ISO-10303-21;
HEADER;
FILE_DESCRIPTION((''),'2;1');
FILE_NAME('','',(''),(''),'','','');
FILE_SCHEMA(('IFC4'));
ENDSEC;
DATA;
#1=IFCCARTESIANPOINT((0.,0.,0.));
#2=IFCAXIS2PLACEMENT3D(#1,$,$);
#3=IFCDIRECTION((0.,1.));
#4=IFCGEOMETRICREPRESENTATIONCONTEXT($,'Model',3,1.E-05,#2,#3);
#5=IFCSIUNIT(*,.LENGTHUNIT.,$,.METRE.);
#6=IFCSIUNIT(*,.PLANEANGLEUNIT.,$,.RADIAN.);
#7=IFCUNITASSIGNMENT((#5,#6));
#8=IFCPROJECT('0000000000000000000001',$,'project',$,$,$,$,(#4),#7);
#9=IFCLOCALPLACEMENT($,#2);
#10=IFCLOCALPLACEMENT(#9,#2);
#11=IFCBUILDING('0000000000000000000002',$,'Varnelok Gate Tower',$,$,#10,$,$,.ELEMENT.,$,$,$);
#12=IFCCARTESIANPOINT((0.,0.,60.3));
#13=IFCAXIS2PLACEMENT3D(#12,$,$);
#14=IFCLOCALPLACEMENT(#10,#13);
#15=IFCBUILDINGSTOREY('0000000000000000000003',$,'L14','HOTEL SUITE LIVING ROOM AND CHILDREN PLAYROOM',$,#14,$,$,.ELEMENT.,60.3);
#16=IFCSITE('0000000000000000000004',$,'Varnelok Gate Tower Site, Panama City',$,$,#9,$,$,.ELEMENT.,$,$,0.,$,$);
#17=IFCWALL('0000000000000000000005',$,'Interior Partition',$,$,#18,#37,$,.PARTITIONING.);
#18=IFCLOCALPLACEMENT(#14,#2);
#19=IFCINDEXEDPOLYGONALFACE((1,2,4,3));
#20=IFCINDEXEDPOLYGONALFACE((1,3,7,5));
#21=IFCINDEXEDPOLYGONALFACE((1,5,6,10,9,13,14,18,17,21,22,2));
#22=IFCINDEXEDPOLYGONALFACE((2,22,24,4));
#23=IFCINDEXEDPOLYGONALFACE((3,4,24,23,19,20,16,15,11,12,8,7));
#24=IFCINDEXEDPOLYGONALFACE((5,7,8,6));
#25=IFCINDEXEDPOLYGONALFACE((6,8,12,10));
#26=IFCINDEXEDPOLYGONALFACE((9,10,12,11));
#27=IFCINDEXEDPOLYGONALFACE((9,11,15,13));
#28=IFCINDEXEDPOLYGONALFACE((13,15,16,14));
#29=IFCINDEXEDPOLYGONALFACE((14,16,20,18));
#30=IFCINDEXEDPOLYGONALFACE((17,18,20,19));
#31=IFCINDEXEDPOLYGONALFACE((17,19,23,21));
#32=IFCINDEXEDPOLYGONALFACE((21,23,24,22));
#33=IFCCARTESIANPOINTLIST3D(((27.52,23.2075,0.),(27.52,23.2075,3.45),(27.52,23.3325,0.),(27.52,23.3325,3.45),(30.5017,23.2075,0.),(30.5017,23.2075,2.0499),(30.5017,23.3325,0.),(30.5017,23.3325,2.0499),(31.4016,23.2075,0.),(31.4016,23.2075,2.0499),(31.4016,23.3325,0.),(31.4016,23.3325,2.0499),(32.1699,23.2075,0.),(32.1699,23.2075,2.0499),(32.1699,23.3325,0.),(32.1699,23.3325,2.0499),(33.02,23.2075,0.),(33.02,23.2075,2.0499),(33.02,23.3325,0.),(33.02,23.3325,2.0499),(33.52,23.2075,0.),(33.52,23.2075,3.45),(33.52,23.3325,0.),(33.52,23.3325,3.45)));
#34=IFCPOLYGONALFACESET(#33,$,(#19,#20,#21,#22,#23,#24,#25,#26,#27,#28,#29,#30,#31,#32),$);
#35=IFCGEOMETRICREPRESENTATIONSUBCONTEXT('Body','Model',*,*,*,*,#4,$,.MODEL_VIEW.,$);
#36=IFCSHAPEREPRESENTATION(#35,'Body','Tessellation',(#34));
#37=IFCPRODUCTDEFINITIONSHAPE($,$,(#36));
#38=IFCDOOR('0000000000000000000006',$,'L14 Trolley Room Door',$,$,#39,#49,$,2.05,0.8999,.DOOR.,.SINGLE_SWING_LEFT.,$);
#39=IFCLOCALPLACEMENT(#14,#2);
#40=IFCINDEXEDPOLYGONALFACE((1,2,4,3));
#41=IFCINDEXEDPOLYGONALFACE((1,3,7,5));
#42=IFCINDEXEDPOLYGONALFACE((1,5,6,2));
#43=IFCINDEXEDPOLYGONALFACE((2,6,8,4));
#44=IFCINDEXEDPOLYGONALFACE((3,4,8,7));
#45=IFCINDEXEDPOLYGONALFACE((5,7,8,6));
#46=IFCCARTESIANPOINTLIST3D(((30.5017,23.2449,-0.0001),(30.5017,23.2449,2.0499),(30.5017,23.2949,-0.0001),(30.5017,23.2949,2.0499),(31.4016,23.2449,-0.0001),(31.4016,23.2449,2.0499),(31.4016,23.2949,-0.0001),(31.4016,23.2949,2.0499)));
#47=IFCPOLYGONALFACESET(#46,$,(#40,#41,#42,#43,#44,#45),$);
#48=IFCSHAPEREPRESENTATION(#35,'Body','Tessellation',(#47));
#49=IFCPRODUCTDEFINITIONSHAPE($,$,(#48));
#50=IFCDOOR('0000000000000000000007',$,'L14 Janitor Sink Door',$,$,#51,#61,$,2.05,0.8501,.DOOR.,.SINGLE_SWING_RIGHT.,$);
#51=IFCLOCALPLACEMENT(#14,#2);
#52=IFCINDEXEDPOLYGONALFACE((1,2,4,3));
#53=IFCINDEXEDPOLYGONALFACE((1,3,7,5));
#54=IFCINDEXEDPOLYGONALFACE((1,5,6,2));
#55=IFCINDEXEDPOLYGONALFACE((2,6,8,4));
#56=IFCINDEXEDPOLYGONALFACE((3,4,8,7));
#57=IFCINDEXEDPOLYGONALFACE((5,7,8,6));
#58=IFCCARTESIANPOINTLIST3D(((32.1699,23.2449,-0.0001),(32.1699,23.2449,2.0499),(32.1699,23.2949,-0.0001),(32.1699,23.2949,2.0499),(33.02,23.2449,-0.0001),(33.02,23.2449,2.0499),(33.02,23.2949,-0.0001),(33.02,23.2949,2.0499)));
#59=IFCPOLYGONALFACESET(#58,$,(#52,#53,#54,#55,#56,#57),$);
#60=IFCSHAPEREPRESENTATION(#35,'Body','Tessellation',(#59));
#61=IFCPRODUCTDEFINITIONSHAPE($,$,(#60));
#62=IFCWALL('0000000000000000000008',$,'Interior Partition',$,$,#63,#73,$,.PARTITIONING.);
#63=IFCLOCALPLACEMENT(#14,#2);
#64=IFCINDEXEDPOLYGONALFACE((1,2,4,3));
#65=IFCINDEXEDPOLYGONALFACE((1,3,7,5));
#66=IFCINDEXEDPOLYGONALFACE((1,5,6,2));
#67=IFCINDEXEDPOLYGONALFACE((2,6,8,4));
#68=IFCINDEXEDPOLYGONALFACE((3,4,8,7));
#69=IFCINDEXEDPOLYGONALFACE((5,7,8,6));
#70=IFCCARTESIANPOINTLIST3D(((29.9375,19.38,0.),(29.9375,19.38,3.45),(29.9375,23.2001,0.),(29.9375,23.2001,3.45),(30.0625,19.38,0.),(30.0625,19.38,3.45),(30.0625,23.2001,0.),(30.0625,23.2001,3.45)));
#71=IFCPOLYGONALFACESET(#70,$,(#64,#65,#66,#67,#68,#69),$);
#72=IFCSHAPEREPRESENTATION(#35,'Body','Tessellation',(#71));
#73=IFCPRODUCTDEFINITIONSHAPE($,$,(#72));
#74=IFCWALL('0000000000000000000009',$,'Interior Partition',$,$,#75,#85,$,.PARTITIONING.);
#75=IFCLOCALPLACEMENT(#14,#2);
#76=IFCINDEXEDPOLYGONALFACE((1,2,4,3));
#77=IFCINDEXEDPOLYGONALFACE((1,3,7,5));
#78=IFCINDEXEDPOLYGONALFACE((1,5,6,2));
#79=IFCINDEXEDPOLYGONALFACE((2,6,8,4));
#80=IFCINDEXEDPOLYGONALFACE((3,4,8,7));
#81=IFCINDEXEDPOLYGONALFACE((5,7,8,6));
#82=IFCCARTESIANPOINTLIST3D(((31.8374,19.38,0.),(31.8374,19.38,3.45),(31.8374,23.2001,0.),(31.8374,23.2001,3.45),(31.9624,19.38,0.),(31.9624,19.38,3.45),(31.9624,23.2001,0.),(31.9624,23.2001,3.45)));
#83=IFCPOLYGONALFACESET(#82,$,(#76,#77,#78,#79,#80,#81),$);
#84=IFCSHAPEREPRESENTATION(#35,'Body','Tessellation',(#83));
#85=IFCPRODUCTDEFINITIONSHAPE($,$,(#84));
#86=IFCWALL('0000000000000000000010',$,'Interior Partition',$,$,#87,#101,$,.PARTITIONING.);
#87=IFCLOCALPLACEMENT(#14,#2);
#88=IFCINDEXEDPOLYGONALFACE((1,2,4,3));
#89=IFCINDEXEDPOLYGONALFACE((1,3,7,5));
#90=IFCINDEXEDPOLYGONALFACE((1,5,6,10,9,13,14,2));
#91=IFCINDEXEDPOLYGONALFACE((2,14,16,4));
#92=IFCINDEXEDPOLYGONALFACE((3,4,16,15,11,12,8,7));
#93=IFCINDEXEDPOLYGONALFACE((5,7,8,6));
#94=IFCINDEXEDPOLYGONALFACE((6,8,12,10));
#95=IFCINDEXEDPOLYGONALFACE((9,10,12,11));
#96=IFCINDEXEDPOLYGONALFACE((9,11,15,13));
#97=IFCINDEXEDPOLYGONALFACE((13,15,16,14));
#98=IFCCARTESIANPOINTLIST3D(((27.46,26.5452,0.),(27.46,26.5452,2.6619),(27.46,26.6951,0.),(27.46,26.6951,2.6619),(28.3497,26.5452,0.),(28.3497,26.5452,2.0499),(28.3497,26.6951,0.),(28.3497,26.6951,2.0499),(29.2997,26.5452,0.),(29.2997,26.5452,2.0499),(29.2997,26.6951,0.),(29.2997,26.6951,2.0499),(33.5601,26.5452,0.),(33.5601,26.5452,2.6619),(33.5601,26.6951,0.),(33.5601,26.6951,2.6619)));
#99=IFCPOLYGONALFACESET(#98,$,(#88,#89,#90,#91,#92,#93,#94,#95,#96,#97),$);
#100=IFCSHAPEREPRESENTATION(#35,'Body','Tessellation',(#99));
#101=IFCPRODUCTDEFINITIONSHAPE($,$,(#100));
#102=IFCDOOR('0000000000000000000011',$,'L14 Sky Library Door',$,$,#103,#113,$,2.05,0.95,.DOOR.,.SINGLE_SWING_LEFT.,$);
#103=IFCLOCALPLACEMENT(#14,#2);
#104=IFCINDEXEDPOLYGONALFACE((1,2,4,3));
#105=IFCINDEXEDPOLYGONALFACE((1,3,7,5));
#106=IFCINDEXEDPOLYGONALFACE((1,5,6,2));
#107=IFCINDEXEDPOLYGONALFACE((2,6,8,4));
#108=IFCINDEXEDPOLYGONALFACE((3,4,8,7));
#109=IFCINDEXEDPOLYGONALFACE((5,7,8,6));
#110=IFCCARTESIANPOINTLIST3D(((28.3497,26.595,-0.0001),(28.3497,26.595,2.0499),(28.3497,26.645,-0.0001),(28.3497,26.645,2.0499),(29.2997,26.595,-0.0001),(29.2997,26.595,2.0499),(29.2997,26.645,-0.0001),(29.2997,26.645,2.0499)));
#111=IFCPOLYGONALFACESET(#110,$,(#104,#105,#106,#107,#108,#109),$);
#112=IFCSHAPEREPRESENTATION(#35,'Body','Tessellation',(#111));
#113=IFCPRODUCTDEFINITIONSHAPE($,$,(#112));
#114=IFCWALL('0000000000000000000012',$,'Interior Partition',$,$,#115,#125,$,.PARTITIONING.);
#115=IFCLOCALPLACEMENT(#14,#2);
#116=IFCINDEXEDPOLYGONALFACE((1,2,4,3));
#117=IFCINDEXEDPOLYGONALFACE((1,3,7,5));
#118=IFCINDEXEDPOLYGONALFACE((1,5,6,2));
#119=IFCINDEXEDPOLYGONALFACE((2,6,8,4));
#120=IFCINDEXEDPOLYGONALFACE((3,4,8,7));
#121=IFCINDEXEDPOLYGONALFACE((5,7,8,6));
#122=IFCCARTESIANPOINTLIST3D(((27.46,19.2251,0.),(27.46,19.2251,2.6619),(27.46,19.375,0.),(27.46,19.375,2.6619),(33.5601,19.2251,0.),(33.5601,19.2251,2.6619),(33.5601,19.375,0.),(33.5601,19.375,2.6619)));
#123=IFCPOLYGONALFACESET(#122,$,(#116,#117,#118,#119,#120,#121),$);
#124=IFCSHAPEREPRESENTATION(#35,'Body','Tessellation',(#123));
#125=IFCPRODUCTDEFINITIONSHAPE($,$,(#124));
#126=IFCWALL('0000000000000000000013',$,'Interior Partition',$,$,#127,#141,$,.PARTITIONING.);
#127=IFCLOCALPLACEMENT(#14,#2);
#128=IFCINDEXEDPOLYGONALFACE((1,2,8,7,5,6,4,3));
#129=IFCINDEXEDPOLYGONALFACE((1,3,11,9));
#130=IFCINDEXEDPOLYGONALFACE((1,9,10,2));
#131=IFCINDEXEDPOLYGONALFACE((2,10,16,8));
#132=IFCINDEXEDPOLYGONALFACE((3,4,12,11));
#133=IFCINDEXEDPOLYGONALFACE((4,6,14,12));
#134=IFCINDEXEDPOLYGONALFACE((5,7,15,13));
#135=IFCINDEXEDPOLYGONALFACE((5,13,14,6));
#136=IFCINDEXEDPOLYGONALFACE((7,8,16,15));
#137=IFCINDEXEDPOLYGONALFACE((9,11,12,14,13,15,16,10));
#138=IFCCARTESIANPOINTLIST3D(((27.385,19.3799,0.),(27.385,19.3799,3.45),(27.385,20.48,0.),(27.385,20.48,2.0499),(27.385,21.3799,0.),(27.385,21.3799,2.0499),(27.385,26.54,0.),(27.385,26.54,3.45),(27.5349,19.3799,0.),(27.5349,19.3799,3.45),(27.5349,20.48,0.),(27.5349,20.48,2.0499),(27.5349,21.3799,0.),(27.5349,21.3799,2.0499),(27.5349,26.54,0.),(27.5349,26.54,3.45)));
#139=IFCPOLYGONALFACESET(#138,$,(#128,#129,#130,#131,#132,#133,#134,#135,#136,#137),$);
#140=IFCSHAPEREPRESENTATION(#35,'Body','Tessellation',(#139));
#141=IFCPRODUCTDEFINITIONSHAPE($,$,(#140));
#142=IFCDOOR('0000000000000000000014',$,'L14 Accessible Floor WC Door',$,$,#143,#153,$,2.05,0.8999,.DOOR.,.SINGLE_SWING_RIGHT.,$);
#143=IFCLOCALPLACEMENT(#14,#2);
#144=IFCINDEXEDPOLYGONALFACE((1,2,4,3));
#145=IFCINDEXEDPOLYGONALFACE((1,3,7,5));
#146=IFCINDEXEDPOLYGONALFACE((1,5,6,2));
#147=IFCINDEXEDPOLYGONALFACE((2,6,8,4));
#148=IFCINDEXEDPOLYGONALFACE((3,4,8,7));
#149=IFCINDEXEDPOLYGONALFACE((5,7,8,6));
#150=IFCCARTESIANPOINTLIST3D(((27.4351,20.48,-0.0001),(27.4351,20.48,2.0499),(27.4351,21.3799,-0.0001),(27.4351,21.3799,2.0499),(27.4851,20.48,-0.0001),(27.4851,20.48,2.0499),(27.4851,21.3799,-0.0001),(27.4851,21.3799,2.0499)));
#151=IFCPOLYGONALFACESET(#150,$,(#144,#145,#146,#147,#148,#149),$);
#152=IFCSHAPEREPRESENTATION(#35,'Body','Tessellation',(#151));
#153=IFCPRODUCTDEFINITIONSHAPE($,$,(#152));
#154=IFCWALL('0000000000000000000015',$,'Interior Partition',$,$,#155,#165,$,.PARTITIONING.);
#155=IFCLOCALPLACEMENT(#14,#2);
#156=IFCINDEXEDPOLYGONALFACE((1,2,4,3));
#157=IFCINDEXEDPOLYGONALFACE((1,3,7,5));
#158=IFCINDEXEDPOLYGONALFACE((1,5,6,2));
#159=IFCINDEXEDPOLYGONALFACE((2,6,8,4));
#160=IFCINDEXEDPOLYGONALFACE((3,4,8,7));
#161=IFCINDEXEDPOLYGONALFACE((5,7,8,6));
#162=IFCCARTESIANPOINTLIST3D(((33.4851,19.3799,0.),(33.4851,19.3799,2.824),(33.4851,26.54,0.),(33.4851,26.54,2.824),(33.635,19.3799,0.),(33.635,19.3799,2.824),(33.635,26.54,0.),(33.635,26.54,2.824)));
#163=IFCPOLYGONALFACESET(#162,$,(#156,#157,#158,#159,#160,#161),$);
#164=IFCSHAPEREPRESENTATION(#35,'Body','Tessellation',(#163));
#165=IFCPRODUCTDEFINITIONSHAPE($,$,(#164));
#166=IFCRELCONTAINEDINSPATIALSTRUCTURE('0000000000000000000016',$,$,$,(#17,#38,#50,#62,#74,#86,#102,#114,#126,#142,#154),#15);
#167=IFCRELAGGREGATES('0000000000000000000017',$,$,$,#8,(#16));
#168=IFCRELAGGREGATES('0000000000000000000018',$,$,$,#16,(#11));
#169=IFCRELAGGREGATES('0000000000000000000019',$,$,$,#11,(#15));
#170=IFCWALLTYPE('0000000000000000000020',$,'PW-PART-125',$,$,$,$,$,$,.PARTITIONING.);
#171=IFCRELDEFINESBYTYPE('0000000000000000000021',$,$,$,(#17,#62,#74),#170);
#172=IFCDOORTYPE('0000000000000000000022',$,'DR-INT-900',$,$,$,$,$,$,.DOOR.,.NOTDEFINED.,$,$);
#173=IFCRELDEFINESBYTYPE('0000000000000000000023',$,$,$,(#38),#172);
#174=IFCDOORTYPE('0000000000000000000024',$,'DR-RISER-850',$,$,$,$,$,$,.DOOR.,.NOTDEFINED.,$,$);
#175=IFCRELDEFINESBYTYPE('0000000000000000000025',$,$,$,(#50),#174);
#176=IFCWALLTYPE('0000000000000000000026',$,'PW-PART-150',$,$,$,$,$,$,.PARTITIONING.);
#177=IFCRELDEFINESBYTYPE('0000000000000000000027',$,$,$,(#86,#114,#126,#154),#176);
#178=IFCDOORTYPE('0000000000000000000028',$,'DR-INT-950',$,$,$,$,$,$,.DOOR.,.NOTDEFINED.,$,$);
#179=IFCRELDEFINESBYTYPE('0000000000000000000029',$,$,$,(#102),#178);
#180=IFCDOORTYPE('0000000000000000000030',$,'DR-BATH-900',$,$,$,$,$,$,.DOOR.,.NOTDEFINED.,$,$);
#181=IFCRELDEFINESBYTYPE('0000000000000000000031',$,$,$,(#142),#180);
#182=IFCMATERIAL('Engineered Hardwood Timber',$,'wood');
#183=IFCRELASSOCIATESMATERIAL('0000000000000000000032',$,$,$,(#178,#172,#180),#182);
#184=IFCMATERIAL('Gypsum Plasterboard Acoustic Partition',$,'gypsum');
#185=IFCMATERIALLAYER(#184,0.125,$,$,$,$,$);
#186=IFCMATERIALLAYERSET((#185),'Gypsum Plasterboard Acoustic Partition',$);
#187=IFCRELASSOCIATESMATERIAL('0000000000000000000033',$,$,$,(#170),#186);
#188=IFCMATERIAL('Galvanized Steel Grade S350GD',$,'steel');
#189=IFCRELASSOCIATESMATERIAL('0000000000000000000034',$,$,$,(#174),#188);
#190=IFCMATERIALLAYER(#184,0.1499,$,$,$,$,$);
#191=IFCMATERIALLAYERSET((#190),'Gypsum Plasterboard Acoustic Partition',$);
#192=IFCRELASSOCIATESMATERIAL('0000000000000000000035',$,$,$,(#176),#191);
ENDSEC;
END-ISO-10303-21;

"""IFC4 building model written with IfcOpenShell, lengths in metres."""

from ifc_helpers import new_model, si_unit, direction, frame, frame_2d, origin, place, context, subcontext, project, spatial, rectangle, extrude, material, layer, layer_set, type_object, element, fill, save


model = new_model("IFC4")

# Units and contexts
model_context = context("Model", 3, precision=1e-05, world=origin(), true_north=direction((0.0, 1.0)))
body_context = subcontext(model_context, "Body", "Model", "MODEL_VIEW")
ifc_project = project(units=[si_unit("LENGTHUNIT", "METRE"), si_unit("PLANEANGLEUNIT", "RADIAN")], contexts=[model_context])

# Site, building, storey
site_placement = place(None, origin())
site = spatial("IfcSite", under=ifc_project, at=site_placement, Name="Varnelok Gate Tower Site, Panama City", CompositionType="ELEMENT", RefElevation=0.0)
building_placement = place(site_placement, origin())
building = spatial("IfcBuilding", under=site, at=building_placement, Name="Varnelok Gate Tower", CompositionType="ELEMENT")
storey_placement = place(building_placement, frame((0.0, 0.0, 60.3)))
storey = spatial("IfcBuildingStorey", under=building, at=storey_placement, Name="L14", Description="HOTEL SUITE LIVING ROOM AND CHILDREN PLAYROOM", CompositionType="ELEMENT", Elevation=60.3)

# Shared definitions
ifc_material_1 = material(Name="Gypsum Plasterboard Acoustic Partition", Category="gypsum")
ifc_material_2 = material(Name="Engineered Hardwood Timber", Category="wood")
door_type_1 = type_object("IfcDoorType", Name="DR-INT-950", OperationType="NOTDEFINED", PredefinedType="DOOR", material=ifc_material_2)

# Shared definitions
ifc_layer_1 = layer(ifc_material_1, 0.125)
ifc_layer_set_1 = layer_set([ifc_layer_1], Name="Gypsum Plasterboard Acoustic Partition")
wall_type_1 = type_object("IfcWallType", Name="PW-PART-125", PredefinedType="PARTITIONING", material=ifc_layer_set_1)

# Wall, openings, doors
wall_1_placement = place(storey_placement, frame((27.52, 23.27, 0.0), z_axis=(0.0, 0.0, 1.0), x_axis=(1.0, 0.0, 0.0)))
wall_1 = element("IfcWall", 1, at=wall_1_placement, inside=storey, type_object=wall_type_1, Name="Interior Partition", PredefinedType="PARTITIONING", context=body_context, shape_type="SweptSolid", body=[
    extrude(rectangle(XDim=6.0, YDim=0.125, at=frame_2d((3.0, 0.0))), origin(), (0.0, 0.0, 1.0), 3.45),
])
opening_1_placement = place(wall_1_placement, frame((2.9817, 0.0, 0.0)))
opening_1 = element("IfcOpeningElement", 2, at=opening_1_placement, cuts=wall_1, PredefinedType="OPENING", context=body_context, shape_type="SweptSolid", body=[
    extrude(rectangle(XDim=0.8999, YDim=2.05, at=frame_2d((0.45, 1.0249))), frame((0.0, 0.0725, 0.0), z_axis=(0.0, -1.0, 0.0), x_axis=(1.0, 0.0, 0.0)), (0.0, 0.0, 1.0), 0.145),
])
opening_2_placement = place(wall_1_placement, frame((4.6499, 0.0, 0.0)))
opening_2 = element("IfcOpeningElement", 3, at=opening_2_placement, cuts=wall_1, PredefinedType="OPENING", context=body_context, shape_type="SweptSolid", body=[
    extrude(rectangle(XDim=0.8501, YDim=2.05, at=frame_2d((0.425, 1.0249))), frame((0.0, 0.0725, 0.0), z_axis=(0.0, -1.0, 0.0), x_axis=(1.0, 0.0, 0.0)), (0.0, 0.0, 1.0), 0.145),
])
door_type_2 = type_object("IfcDoorType", Name="DR-INT-900", OperationType="NOTDEFINED", PredefinedType="DOOR", material=ifc_material_2)
door_1_placement = place(opening_1_placement, origin())
door_1 = element("IfcDoor", 4, at=door_1_placement, inside=storey, type_object=door_type_2, Name="L14 Trolley Room Door", OperationType="SINGLE_SWING_LEFT", OverallHeight=2.05, OverallWidth=0.8999, PredefinedType="DOOR", context=body_context, shape_type="SweptSolid", body=[
    extrude(rectangle(XDim=0.8999, YDim=2.05, at=frame_2d((0.45, 1.0249))), frame((0.0, 0.0249, 0.0), z_axis=(0.0, -1.0, 0.0), x_axis=(1.0, 0.0, 0.0)), (0.0, 0.0, 1.0), 0.05),
])
fill(opening_1, door_1)
ifc_material_3 = material(Name="Galvanized Steel Grade S350GD", Category="steel")
door_type_3 = type_object("IfcDoorType", Name="DR-RISER-850", OperationType="NOTDEFINED", PredefinedType="DOOR", material=ifc_material_3)
door_2_placement = place(opening_2_placement, origin())
door_2 = element("IfcDoor", 5, at=door_2_placement, inside=storey, type_object=door_type_3, Name="L14 Janitor Sink Door", OperationType="SINGLE_SWING_RIGHT", OverallHeight=2.05, OverallWidth=0.8501, PredefinedType="DOOR", context=body_context, shape_type="SweptSolid", body=[
    extrude(rectangle(XDim=0.8501, YDim=2.05, at=frame_2d((0.425, 1.0249))), frame((0.0, 0.0249, 0.0), z_axis=(0.0, -1.0, 0.0), x_axis=(1.0, 0.0, 0.0)), (0.0, 0.0, 1.0), 0.05),
])
fill(opening_2, door_2)

# Walls
for number, where, z_axis, x_axis, name in (
    (6, (30.0, 19.3799, 0.0), (0.0, 0.0, 1.0), (0.0, 1.0, 0.0), "Interior Partition"),
    (7, (31.8999, 19.3799, 0.0), (0.0, 0.0, 1.0), (0.0, 1.0, 0.0), "Interior Partition"),
):
    element("IfcWall", number, at=place(storey_placement, frame(where, z_axis=z_axis, x_axis=x_axis)), inside=storey, type_object=wall_type_1, Name=name, PredefinedType="PARTITIONING", context=body_context, shape_type="SweptSolid", body=[
        extrude(rectangle(XDim=3.8201, YDim=0.125, at=frame_2d((1.9102, 0.0))), origin(), (0.0, 0.0, 1.0), 3.45),
    ])

# Wall, opening, door
ifc_layer_2 = layer(ifc_material_1, 0.1499)
ifc_layer_set_2 = layer_set([ifc_layer_2], Name="Gypsum Plasterboard Acoustic Partition")
wall_type_2 = type_object("IfcWallType", Name="PW-PART-150", PredefinedType="PARTITIONING", material=ifc_layer_set_2)
wall_2_placement = place(storey_placement, frame((27.46, 26.6201, 0.0), z_axis=(0.0, 0.0, 1.0), x_axis=(1.0, 0.0, 0.0)))
wall_2 = element("IfcWall", 8, at=wall_2_placement, inside=storey, type_object=wall_type_2, Name="Interior Partition", PredefinedType="PARTITIONING", context=body_context, shape_type="SweptSolid", body=[
    extrude(rectangle(XDim=6.1001, YDim=0.1499, at=frame_2d((3.05, 0.0))), origin(), (0.0, 0.0, 1.0), 2.6619),
])
opening_3_placement = place(wall_2_placement, frame((0.8896, 0.0, 0.0)))
opening_3 = element("IfcOpeningElement", 9, at=opening_3_placement, cuts=wall_2, PredefinedType="OPENING", context=body_context, shape_type="SweptSolid", body=[
    extrude(rectangle(XDim=0.95, YDim=2.05, at=frame_2d((0.4751, 1.0249))), frame((0.0, 0.085, 0.0), z_axis=(0.0, -1.0, 0.0), x_axis=(1.0, 0.0, 0.0)), (0.0, 0.0, 1.0), 0.1699),
])
door_3_placement = place(opening_3_placement, origin())
door_3 = element("IfcDoor", 10, at=door_3_placement, inside=storey, type_object=door_type_1, Name="L14 Sky Library Door", OperationType="SINGLE_SWING_LEFT", OverallHeight=2.05, OverallWidth=0.95, PredefinedType="DOOR", context=body_context, shape_type="SweptSolid", body=[
    extrude(rectangle(XDim=0.95, YDim=2.05, at=frame_2d((0.4751, 1.0249))), frame((0.0, 0.0249, 0.0), z_axis=(0.0, -1.0, 0.0), x_axis=(1.0, 0.0, 0.0)), (0.0, 0.0, 1.0), 0.05),
])
fill(opening_3, door_3)

# Wall
wall_3_placement = place(storey_placement, frame((27.46, 19.3, 0.0), z_axis=(0.0, 0.0, 1.0), x_axis=(1.0, 0.0, 0.0)))
element("IfcWall", 11, at=wall_3_placement, inside=storey, type_object=wall_type_2, Name="Interior Partition", PredefinedType="PARTITIONING", context=body_context, shape_type="SweptSolid", body=[
    extrude(rectangle(XDim=6.1001, YDim=0.1499, at=frame_2d((3.05, 0.0))), origin(), (0.0, 0.0, 1.0), 2.6619),
])

# Wall, opening, door
wall_4_placement = place(storey_placement, frame((27.46, 19.3799, 0.0), z_axis=(0.0, 0.0, 1.0), x_axis=(0.0, 1.0, 0.0)))
wall_4 = element("IfcWall", 12, at=wall_4_placement, inside=storey, type_object=wall_type_2, Name="Interior Partition", PredefinedType="PARTITIONING", context=body_context, shape_type="SweptSolid", body=[
    extrude(rectangle(XDim=7.1602, YDim=0.1499, at=frame_2d((3.5801, 0.0))), origin(), (0.0, 0.0, 1.0), 3.45),
])
opening_4_placement = place(wall_4_placement, frame((1.1001, 0.0, 0.0)))
opening_4 = element("IfcOpeningElement", 13, at=opening_4_placement, cuts=wall_4, PredefinedType="OPENING", context=body_context, shape_type="SweptSolid", body=[
    extrude(rectangle(XDim=0.8999, YDim=2.05, at=frame_2d((0.45, 1.0249))), frame((0.0, 0.085, 0.0), z_axis=(0.0, -1.0, 0.0), x_axis=(1.0, 0.0, 0.0)), (0.0, 0.0, 1.0), 0.1699),
])
door_type_4 = type_object("IfcDoorType", Name="DR-BATH-900", OperationType="NOTDEFINED", PredefinedType="DOOR", material=ifc_material_2)
door_4_placement = place(opening_4_placement, origin())
door_4 = element("IfcDoor", 14, at=door_4_placement, inside=storey, type_object=door_type_4, Name="L14 Accessible Floor WC Door", OperationType="SINGLE_SWING_RIGHT", OverallHeight=2.05, OverallWidth=0.8999, PredefinedType="DOOR", context=body_context, shape_type="SweptSolid", body=[
    extrude(rectangle(XDim=0.8999, YDim=2.05, at=frame_2d((0.45, 1.0249))), frame((0.0, 0.0249, 0.0), z_axis=(0.0, -1.0, 0.0), x_axis=(1.0, 0.0, 0.0)), (0.0, 0.0, 1.0), 0.05),
])
fill(opening_4, door_4)

# Wall
wall_5_placement = place(storey_placement, frame((33.5601, 19.3799, 0.0), z_axis=(0.0, 0.0, 1.0), x_axis=(0.0, 1.0, 0.0)))
element("IfcWall", 15, at=wall_5_placement, inside=storey, type_object=wall_type_2, Name="Interior Partition", PredefinedType="PARTITIONING", context=body_context, shape_type="SweptSolid", body=[
    extrude(rectangle(XDim=7.1602, YDim=0.1499, at=frame_2d((3.5801, 0.0))), origin(), (0.0, 0.0, 1.0), 2.824),
])

save(model, "model.ifc")
